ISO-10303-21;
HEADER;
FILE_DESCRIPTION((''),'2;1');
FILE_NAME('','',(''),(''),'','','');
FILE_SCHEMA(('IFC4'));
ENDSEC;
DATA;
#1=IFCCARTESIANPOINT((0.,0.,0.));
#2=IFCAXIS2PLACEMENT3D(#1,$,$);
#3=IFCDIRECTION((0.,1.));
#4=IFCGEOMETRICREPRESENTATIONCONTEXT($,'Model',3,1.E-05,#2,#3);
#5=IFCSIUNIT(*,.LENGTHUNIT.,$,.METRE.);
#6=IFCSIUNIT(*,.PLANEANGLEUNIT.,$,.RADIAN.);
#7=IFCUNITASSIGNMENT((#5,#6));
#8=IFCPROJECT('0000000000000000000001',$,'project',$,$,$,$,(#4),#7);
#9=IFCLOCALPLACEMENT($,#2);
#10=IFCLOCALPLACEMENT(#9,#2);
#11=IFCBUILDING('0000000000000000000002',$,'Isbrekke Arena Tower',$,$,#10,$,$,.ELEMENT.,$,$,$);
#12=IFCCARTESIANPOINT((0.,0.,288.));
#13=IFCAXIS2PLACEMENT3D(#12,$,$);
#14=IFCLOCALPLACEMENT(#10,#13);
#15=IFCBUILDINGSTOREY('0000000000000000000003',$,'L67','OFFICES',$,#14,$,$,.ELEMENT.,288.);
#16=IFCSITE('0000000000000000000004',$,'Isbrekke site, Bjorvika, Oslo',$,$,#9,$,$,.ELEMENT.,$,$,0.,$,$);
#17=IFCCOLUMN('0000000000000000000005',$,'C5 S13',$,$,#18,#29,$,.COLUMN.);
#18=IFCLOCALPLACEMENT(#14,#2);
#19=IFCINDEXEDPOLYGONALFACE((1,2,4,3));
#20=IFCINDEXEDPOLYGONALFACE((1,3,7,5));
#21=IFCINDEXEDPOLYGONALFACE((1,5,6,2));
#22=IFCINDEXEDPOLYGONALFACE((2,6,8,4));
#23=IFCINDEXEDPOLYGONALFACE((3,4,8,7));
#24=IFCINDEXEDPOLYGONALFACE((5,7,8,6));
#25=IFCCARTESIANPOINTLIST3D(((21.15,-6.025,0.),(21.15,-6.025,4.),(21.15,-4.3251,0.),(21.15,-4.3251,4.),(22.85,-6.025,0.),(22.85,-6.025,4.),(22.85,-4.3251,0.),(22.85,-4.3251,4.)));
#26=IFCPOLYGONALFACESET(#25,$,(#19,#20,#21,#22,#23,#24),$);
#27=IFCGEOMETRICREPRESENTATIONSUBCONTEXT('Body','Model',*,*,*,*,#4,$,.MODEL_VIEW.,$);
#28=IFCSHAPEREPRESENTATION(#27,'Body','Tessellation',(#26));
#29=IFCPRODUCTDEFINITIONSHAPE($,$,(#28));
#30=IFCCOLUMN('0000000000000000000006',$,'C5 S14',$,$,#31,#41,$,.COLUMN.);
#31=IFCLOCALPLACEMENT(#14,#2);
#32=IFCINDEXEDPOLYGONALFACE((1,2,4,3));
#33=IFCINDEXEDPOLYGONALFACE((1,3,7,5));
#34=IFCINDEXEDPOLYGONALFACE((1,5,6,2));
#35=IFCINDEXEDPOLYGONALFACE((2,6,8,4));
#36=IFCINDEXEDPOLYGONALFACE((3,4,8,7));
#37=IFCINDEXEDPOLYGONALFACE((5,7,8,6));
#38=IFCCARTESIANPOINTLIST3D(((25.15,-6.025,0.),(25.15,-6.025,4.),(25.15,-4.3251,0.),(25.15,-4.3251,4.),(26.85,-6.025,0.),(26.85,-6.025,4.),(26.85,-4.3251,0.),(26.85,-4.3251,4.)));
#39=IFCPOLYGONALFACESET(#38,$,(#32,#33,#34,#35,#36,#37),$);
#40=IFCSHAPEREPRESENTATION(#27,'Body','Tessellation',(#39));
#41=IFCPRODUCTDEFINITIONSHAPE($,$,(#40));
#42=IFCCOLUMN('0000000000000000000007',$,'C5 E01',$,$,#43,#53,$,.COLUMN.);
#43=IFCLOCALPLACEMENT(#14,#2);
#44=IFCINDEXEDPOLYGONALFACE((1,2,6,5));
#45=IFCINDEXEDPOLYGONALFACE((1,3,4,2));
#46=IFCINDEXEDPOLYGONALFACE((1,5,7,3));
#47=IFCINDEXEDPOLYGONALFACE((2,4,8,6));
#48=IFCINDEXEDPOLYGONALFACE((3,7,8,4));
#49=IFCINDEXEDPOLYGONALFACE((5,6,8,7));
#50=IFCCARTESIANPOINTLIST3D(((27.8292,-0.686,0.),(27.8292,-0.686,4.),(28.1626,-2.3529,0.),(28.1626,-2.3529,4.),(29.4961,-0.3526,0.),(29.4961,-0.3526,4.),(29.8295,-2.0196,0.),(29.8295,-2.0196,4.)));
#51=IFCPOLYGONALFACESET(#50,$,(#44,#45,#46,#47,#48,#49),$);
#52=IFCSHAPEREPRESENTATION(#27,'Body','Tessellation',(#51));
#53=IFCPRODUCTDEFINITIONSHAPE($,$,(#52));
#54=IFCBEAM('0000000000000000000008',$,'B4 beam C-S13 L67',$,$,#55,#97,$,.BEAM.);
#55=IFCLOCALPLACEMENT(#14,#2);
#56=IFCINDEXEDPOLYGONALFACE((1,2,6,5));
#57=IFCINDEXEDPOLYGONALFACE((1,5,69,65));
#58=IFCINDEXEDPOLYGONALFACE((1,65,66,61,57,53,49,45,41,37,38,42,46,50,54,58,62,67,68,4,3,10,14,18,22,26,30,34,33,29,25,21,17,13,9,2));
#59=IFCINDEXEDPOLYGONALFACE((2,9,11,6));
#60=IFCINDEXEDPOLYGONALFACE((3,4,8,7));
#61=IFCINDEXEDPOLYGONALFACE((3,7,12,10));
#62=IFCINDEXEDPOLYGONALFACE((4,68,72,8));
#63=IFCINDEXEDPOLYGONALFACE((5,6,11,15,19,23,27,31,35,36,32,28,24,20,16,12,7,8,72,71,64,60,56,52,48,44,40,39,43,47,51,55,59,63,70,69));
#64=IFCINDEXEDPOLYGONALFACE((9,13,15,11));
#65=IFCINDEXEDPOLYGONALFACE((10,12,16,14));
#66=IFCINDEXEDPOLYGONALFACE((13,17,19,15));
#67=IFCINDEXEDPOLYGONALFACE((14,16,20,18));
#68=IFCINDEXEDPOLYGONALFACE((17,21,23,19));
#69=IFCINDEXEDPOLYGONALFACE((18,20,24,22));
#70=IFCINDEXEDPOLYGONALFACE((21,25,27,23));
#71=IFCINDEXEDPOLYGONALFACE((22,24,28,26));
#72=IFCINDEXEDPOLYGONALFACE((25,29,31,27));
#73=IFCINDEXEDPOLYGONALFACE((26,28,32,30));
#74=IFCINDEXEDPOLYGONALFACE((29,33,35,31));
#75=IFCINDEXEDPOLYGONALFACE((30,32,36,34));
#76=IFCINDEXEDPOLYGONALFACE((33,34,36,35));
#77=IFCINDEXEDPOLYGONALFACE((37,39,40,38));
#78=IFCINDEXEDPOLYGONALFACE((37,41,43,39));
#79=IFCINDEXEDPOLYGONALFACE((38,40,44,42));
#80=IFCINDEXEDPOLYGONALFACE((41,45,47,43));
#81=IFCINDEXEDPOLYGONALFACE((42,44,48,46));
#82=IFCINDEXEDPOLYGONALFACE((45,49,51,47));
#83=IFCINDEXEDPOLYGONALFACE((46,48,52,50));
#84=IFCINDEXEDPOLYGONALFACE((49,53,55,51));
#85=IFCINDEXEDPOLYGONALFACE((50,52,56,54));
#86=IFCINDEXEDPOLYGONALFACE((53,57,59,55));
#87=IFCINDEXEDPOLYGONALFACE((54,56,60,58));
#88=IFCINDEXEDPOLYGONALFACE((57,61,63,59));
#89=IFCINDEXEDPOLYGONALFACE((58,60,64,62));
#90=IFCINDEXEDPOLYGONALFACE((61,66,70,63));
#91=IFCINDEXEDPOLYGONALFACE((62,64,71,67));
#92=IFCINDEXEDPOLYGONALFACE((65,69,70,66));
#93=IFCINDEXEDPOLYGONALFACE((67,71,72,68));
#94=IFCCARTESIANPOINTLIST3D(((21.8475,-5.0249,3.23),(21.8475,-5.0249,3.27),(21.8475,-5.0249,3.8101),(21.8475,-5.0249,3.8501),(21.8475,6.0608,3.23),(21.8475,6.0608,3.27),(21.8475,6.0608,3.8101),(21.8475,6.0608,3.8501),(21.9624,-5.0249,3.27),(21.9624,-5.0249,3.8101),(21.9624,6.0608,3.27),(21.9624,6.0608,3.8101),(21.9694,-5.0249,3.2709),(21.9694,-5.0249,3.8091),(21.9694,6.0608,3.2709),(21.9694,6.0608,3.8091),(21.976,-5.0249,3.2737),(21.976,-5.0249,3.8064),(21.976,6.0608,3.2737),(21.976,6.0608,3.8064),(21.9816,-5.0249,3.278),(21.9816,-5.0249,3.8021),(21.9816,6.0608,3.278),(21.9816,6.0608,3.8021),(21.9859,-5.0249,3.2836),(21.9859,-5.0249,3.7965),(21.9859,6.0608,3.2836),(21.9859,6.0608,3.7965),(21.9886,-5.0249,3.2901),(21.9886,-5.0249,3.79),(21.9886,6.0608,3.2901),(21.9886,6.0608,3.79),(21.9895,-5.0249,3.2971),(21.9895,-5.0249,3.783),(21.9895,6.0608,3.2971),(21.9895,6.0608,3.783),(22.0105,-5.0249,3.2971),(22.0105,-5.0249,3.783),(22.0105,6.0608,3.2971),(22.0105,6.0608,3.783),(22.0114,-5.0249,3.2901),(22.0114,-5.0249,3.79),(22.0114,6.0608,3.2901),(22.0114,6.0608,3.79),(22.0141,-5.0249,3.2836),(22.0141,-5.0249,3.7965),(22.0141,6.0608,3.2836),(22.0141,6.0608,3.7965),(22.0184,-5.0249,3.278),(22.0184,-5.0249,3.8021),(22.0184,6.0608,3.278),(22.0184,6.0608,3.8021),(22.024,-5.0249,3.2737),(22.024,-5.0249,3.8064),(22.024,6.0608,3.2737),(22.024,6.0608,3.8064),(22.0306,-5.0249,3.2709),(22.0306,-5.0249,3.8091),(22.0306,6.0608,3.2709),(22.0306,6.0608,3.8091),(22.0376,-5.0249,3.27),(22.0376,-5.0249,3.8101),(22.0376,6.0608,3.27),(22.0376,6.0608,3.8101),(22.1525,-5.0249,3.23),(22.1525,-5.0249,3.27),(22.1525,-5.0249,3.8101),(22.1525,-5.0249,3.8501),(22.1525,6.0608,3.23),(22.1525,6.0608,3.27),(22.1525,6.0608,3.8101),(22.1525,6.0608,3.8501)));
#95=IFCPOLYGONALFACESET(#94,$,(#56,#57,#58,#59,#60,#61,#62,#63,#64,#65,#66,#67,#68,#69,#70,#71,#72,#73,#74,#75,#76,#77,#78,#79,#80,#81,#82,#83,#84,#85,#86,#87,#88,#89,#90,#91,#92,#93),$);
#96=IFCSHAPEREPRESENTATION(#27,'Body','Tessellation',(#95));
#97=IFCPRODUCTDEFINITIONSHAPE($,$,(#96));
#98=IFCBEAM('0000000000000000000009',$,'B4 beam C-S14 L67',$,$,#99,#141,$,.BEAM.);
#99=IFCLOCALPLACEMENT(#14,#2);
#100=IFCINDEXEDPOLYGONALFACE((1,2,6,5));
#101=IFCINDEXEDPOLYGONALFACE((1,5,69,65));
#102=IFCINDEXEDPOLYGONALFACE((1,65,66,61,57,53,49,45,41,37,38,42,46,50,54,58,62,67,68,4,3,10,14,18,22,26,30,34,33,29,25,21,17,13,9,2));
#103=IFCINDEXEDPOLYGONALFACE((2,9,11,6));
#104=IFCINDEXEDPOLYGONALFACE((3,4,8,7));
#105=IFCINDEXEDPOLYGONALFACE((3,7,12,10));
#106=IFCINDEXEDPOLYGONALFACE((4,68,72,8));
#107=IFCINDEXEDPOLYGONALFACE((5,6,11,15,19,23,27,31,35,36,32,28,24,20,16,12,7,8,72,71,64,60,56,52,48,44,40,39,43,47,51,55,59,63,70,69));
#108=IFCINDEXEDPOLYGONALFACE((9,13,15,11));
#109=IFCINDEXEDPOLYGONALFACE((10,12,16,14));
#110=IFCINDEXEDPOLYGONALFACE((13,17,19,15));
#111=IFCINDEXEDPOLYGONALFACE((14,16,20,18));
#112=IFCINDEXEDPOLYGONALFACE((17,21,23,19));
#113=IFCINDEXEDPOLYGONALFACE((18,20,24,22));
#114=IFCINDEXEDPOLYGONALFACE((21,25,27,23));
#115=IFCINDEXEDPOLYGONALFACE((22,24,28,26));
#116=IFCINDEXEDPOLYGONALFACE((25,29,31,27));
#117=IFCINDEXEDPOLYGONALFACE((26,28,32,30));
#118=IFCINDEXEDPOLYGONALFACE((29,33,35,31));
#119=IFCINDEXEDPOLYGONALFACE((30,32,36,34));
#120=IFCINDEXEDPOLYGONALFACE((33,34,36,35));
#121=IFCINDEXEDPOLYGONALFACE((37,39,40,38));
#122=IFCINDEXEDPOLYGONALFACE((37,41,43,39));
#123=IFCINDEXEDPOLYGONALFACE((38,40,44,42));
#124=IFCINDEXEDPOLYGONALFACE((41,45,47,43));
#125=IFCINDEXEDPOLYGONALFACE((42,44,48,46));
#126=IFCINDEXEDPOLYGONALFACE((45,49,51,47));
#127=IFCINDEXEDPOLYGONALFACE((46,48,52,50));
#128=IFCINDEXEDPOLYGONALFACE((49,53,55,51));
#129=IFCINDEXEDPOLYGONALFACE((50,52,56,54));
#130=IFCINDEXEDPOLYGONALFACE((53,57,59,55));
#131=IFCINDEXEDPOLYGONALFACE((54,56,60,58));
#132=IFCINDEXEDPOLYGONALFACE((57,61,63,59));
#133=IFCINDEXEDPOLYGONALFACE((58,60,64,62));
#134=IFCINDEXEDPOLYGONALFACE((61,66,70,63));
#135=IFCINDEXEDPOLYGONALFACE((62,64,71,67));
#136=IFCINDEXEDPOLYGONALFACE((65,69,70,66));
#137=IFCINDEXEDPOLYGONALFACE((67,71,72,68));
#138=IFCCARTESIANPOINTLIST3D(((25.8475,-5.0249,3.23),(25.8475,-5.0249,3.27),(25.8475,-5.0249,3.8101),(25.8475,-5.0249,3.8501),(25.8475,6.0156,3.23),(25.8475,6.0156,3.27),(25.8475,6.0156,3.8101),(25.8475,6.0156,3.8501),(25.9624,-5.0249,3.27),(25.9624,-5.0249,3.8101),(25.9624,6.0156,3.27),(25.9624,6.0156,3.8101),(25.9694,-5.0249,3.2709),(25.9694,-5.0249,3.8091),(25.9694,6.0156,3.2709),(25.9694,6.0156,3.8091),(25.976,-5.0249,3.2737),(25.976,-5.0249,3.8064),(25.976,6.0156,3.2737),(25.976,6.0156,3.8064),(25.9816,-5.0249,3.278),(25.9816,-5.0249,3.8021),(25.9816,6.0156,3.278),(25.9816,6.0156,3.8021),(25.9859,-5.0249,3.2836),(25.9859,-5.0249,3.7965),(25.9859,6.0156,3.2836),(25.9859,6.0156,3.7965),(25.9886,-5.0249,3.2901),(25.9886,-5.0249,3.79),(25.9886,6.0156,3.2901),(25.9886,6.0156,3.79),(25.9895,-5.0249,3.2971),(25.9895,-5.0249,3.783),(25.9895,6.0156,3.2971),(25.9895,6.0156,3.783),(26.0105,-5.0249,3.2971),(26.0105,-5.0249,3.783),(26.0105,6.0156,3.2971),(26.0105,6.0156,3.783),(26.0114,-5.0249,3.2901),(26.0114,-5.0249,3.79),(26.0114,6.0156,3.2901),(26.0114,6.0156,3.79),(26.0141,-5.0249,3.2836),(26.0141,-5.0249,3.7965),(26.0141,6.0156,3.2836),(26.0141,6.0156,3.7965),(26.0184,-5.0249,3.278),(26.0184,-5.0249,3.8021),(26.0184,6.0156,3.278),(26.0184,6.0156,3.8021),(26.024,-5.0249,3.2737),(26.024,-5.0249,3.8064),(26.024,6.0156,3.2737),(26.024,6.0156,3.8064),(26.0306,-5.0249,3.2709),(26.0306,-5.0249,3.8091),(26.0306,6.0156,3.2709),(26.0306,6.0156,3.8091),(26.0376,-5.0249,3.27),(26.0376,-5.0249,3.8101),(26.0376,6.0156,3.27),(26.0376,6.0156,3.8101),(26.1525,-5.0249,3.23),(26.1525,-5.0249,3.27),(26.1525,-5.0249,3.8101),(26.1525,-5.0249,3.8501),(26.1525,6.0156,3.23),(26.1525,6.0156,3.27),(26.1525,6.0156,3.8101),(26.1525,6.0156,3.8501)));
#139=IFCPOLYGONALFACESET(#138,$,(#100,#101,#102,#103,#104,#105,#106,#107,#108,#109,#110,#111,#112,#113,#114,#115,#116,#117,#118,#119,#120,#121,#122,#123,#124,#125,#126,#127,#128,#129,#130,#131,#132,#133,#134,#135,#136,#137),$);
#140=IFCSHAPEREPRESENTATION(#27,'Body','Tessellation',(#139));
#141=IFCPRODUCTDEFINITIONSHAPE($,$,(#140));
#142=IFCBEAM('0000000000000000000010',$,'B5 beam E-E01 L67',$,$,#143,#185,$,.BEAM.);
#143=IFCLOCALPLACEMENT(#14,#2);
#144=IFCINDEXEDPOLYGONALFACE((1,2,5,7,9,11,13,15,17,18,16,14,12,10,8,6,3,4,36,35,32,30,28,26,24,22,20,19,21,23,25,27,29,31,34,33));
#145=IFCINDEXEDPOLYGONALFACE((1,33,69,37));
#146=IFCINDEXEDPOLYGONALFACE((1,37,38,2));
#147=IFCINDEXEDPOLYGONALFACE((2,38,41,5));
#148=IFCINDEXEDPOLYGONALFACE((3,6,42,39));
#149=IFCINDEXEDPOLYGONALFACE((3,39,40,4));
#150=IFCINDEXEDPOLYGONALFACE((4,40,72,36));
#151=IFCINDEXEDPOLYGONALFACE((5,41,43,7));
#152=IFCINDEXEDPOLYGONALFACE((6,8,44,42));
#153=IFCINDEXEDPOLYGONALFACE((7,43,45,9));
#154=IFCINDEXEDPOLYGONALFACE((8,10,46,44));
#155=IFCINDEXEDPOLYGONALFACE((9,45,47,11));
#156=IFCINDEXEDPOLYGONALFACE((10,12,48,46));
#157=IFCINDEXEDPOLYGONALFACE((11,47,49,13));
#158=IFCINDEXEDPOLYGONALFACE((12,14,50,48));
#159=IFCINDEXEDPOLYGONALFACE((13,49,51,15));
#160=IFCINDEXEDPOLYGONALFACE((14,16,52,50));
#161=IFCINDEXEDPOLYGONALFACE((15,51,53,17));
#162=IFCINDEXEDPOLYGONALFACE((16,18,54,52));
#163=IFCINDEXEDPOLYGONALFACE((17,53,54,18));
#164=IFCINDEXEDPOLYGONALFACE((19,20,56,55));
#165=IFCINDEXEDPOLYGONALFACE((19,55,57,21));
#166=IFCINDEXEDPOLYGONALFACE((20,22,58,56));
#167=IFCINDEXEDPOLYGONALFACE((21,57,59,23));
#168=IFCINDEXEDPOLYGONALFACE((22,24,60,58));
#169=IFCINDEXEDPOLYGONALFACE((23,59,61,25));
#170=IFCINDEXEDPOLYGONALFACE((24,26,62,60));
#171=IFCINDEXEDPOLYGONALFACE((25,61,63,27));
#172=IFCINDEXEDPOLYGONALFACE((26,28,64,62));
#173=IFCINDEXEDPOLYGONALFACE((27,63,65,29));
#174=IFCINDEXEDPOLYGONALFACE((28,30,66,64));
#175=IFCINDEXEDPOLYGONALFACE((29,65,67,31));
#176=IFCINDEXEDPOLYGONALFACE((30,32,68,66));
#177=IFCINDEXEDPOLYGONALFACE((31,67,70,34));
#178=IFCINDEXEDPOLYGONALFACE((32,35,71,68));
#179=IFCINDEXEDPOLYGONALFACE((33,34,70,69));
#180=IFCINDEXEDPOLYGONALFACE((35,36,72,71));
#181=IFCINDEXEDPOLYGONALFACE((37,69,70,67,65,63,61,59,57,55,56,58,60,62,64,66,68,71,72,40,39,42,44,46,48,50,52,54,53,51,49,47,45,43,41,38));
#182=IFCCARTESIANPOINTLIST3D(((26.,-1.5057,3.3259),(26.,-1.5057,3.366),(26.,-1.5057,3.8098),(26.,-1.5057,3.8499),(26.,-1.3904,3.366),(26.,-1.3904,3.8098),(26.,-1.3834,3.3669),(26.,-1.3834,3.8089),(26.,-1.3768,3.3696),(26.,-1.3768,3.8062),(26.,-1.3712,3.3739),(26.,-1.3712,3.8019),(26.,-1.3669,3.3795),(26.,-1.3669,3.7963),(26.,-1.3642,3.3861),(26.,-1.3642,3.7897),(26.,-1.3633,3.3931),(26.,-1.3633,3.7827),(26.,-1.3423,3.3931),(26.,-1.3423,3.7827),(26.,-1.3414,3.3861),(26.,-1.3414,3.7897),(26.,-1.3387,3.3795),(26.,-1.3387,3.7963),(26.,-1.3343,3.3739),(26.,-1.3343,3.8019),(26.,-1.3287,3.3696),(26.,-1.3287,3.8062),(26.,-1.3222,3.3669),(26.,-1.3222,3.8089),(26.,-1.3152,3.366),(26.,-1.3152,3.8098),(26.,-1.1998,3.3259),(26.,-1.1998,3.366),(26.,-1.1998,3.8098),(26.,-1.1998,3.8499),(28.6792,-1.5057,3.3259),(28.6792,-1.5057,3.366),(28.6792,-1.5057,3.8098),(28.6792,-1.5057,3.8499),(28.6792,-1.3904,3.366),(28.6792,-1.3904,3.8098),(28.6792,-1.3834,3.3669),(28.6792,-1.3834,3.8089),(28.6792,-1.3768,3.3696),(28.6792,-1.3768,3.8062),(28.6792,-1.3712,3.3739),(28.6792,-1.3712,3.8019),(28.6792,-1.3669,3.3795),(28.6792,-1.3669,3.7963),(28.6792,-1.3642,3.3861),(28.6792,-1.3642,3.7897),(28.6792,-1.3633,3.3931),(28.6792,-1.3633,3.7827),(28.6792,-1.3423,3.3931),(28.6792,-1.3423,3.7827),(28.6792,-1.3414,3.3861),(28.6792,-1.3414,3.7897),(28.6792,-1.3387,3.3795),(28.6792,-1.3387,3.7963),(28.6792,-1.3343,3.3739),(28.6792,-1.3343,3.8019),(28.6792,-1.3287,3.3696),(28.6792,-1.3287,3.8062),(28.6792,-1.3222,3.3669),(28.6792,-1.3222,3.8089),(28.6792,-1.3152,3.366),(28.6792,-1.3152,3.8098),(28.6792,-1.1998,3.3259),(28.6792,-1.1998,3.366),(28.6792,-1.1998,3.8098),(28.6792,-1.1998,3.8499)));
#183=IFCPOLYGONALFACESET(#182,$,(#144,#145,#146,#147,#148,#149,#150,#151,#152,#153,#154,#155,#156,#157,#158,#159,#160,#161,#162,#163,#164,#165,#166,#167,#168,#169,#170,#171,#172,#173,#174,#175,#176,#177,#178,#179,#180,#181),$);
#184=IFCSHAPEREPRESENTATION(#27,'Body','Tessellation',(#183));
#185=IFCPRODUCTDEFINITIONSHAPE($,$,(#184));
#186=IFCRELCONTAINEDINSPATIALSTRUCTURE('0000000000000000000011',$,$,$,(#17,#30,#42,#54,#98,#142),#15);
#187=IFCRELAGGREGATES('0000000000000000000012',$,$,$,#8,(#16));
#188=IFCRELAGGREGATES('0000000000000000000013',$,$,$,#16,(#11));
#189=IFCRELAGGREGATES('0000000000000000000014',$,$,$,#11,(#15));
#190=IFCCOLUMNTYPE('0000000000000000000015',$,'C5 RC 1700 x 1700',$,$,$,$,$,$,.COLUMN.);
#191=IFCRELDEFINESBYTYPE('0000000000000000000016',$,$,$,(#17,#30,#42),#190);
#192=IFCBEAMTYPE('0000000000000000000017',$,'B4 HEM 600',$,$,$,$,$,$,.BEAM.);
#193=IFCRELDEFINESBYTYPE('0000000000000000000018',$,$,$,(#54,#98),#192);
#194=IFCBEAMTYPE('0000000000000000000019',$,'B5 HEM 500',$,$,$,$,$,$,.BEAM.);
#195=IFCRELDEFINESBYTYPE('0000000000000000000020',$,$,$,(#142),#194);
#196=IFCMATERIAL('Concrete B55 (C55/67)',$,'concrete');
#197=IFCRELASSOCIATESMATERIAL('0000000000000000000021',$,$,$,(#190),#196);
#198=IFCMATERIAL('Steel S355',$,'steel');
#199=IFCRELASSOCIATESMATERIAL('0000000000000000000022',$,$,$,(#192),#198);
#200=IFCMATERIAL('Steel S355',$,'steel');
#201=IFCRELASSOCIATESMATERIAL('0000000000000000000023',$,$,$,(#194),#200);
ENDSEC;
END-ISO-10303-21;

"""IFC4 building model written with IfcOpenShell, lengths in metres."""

from ifc_helpers import new_model, si_unit, direction, frame, origin, origin_2d, place, context, subcontext, project, spatial, rectangle, i_section, extrude, material, material_profile, profile_set, type_object, element, save


model = new_model("IFC4")

# Units and contexts
model_context = context("Model", 3, precision=1e-05, world=origin(), true_north=direction((0.0, 1.0)))
body_context = subcontext(model_context, "Body", "Model", "MODEL_VIEW")
ifc_project = project(units=[si_unit("LENGTHUNIT", "METRE"), si_unit("PLANEANGLEUNIT", "RADIAN")], contexts=[model_context])

# Site, building, storey
site_placement = place(None, origin())
site = spatial("IfcSite", under=ifc_project, at=site_placement, Name="Isbrekke site, Bjorvika, Oslo", CompositionType="ELEMENT", RefElevation=0.0)
building_placement = place(site_placement, origin())
building = spatial("IfcBuilding", under=site, at=building_placement, Name="Isbrekke Arena Tower", CompositionType="ELEMENT")
storey_placement = place(building_placement, frame((0.0, 0.0, 288.0)))
storey = spatial("IfcBuildingStorey", under=building, at=storey_placement, Name="L67", Description="OFFICES", CompositionType="ELEMENT", Elevation=288.0)

# Columns
ifc_material_1 = material(Name="Concrete B55 (C55/67)", Category="concrete")
ifc_material_profile_1 = material_profile(ifc_material_1, rectangle(XDim=1.7, YDim=1.7, at=origin_2d()), Name="RC 1700x1700")
ifc_profile_set_1 = profile_set([ifc_material_profile_1], Name="Concrete B55 (C55/67)")
column_type = type_object("IfcColumnType", Name="C5 RC 1700 x 1700", PredefinedType="COLUMN", material=ifc_profile_set_1)
for number, where, z_axis, x_axis, name in (
    (1, (22.0, -5.175, 0.0), (0.0, 0.0, 1.0), (1.0, 0.0, 0.0), "C5 S13"),
    (2, (26.0, -5.175, 0.0), (0.0, 0.0, 1.0), (1.0, 0.0, 0.0), "C5 S14"),
    (3, (28.8293, -1.3528, 0.0), (0.0, 0.0, 1.0), (-0.196116, 0.980581, 0.0), "C5 E01"),
):
    element("IfcColumn", number, at=place(storey_placement, frame(where, z_axis=z_axis, x_axis=x_axis)), inside=storey, type_object=column_type, Name=name, PredefinedType="COLUMN", context=body_context, shape_type="SweptSolid", body=[
        extrude(rectangle(XDim=1.7, YDim=1.7, at=origin_2d()), origin(), (0.0, 0.0, 1.0), 4.0),
    ])

# Beams
ifc_material_2 = material(Name="Steel S355", Category="steel")
ifc_material_profile_2 = material_profile(ifc_material_2, i_section(OverallWidth=0.3049, OverallDepth=0.6201, WebThickness=0.021, FlangeThickness=0.04, FilletRadius=0.0271, at=origin_2d()), Name="HEM 600")
ifc_profile_set_2 = profile_set([ifc_material_profile_2], Name="Steel S355")
beam_type_1 = type_object("IfcBeamType", Name="B4 HEM 600", PredefinedType="BEAM", material=ifc_profile_set_2)
beam_1_placement = place(storey_placement, frame((22.0, -5.0249, 3.54), z_axis=(0.0, 1.0, 0.0), x_axis=(-1.0, 0.0, 0.0)))
element("IfcBeam", 4, at=beam_1_placement, inside=storey, type_object=beam_type_1, Name="B4 beam C-S13 L67", PredefinedType="BEAM", context=body_context, shape_type="SweptSolid", body=[
    extrude(i_section(OverallWidth=0.3049, OverallDepth=0.6201, WebThickness=0.021, FlangeThickness=0.04, FilletRadius=0.0271, at=origin_2d()), origin(), (0.0, 0.0, 1.0), 11.0857),
])
beam_2_placement = place(storey_placement, frame((26.0, -5.0249, 3.54), z_axis=(0.0, 1.0, 0.0), x_axis=(-1.0, 0.0, 0.0)))
element("IfcBeam", 5, at=beam_2_placement, inside=storey, type_object=beam_type_1, Name="B4 beam C-S14 L67", PredefinedType="BEAM", context=body_context, shape_type="SweptSolid", body=[
    extrude(i_section(OverallWidth=0.3049, OverallDepth=0.6201, WebThickness=0.021, FlangeThickness=0.04, FilletRadius=0.0271, at=origin_2d()), origin(), (0.0, 0.0, 1.0), 11.0405),
])
ifc_material_3 = material(Name="Steel S355", Category="steel")
ifc_material_profile_3 = material_profile(ifc_material_3, i_section(OverallWidth=0.3059, OverallDepth=0.5239, WebThickness=0.021, FlangeThickness=0.04, FilletRadius=0.0271, at=origin_2d()), Name="HEM 500")
ifc_profile_set_3 = profile_set([ifc_material_profile_3], Name="Steel S355")
beam_type_2 = type_object("IfcBeamType", Name="B5 HEM 500", PredefinedType="BEAM", material=ifc_profile_set_3)
beam_3_placement = place(storey_placement, frame((28.6792, -1.3528, 3.5879), z_axis=(-1.0, 0.0, 0.0), x_axis=(0.0, -1.0, 0.0)))
element("IfcBeam", 6, at=beam_3_placement, inside=storey, type_object=beam_type_2, Name="B5 beam E-E01 L67", PredefinedType="BEAM", context=body_context, shape_type="SweptSolid", body=[
    extrude(i_section(OverallWidth=0.3059, OverallDepth=0.5239, WebThickness=0.021, FlangeThickness=0.04, FilletRadius=0.0271, at=origin_2d()), origin(), (0.0, 0.0, 1.0), 2.6792),
])

save(model, "model.ifc")
